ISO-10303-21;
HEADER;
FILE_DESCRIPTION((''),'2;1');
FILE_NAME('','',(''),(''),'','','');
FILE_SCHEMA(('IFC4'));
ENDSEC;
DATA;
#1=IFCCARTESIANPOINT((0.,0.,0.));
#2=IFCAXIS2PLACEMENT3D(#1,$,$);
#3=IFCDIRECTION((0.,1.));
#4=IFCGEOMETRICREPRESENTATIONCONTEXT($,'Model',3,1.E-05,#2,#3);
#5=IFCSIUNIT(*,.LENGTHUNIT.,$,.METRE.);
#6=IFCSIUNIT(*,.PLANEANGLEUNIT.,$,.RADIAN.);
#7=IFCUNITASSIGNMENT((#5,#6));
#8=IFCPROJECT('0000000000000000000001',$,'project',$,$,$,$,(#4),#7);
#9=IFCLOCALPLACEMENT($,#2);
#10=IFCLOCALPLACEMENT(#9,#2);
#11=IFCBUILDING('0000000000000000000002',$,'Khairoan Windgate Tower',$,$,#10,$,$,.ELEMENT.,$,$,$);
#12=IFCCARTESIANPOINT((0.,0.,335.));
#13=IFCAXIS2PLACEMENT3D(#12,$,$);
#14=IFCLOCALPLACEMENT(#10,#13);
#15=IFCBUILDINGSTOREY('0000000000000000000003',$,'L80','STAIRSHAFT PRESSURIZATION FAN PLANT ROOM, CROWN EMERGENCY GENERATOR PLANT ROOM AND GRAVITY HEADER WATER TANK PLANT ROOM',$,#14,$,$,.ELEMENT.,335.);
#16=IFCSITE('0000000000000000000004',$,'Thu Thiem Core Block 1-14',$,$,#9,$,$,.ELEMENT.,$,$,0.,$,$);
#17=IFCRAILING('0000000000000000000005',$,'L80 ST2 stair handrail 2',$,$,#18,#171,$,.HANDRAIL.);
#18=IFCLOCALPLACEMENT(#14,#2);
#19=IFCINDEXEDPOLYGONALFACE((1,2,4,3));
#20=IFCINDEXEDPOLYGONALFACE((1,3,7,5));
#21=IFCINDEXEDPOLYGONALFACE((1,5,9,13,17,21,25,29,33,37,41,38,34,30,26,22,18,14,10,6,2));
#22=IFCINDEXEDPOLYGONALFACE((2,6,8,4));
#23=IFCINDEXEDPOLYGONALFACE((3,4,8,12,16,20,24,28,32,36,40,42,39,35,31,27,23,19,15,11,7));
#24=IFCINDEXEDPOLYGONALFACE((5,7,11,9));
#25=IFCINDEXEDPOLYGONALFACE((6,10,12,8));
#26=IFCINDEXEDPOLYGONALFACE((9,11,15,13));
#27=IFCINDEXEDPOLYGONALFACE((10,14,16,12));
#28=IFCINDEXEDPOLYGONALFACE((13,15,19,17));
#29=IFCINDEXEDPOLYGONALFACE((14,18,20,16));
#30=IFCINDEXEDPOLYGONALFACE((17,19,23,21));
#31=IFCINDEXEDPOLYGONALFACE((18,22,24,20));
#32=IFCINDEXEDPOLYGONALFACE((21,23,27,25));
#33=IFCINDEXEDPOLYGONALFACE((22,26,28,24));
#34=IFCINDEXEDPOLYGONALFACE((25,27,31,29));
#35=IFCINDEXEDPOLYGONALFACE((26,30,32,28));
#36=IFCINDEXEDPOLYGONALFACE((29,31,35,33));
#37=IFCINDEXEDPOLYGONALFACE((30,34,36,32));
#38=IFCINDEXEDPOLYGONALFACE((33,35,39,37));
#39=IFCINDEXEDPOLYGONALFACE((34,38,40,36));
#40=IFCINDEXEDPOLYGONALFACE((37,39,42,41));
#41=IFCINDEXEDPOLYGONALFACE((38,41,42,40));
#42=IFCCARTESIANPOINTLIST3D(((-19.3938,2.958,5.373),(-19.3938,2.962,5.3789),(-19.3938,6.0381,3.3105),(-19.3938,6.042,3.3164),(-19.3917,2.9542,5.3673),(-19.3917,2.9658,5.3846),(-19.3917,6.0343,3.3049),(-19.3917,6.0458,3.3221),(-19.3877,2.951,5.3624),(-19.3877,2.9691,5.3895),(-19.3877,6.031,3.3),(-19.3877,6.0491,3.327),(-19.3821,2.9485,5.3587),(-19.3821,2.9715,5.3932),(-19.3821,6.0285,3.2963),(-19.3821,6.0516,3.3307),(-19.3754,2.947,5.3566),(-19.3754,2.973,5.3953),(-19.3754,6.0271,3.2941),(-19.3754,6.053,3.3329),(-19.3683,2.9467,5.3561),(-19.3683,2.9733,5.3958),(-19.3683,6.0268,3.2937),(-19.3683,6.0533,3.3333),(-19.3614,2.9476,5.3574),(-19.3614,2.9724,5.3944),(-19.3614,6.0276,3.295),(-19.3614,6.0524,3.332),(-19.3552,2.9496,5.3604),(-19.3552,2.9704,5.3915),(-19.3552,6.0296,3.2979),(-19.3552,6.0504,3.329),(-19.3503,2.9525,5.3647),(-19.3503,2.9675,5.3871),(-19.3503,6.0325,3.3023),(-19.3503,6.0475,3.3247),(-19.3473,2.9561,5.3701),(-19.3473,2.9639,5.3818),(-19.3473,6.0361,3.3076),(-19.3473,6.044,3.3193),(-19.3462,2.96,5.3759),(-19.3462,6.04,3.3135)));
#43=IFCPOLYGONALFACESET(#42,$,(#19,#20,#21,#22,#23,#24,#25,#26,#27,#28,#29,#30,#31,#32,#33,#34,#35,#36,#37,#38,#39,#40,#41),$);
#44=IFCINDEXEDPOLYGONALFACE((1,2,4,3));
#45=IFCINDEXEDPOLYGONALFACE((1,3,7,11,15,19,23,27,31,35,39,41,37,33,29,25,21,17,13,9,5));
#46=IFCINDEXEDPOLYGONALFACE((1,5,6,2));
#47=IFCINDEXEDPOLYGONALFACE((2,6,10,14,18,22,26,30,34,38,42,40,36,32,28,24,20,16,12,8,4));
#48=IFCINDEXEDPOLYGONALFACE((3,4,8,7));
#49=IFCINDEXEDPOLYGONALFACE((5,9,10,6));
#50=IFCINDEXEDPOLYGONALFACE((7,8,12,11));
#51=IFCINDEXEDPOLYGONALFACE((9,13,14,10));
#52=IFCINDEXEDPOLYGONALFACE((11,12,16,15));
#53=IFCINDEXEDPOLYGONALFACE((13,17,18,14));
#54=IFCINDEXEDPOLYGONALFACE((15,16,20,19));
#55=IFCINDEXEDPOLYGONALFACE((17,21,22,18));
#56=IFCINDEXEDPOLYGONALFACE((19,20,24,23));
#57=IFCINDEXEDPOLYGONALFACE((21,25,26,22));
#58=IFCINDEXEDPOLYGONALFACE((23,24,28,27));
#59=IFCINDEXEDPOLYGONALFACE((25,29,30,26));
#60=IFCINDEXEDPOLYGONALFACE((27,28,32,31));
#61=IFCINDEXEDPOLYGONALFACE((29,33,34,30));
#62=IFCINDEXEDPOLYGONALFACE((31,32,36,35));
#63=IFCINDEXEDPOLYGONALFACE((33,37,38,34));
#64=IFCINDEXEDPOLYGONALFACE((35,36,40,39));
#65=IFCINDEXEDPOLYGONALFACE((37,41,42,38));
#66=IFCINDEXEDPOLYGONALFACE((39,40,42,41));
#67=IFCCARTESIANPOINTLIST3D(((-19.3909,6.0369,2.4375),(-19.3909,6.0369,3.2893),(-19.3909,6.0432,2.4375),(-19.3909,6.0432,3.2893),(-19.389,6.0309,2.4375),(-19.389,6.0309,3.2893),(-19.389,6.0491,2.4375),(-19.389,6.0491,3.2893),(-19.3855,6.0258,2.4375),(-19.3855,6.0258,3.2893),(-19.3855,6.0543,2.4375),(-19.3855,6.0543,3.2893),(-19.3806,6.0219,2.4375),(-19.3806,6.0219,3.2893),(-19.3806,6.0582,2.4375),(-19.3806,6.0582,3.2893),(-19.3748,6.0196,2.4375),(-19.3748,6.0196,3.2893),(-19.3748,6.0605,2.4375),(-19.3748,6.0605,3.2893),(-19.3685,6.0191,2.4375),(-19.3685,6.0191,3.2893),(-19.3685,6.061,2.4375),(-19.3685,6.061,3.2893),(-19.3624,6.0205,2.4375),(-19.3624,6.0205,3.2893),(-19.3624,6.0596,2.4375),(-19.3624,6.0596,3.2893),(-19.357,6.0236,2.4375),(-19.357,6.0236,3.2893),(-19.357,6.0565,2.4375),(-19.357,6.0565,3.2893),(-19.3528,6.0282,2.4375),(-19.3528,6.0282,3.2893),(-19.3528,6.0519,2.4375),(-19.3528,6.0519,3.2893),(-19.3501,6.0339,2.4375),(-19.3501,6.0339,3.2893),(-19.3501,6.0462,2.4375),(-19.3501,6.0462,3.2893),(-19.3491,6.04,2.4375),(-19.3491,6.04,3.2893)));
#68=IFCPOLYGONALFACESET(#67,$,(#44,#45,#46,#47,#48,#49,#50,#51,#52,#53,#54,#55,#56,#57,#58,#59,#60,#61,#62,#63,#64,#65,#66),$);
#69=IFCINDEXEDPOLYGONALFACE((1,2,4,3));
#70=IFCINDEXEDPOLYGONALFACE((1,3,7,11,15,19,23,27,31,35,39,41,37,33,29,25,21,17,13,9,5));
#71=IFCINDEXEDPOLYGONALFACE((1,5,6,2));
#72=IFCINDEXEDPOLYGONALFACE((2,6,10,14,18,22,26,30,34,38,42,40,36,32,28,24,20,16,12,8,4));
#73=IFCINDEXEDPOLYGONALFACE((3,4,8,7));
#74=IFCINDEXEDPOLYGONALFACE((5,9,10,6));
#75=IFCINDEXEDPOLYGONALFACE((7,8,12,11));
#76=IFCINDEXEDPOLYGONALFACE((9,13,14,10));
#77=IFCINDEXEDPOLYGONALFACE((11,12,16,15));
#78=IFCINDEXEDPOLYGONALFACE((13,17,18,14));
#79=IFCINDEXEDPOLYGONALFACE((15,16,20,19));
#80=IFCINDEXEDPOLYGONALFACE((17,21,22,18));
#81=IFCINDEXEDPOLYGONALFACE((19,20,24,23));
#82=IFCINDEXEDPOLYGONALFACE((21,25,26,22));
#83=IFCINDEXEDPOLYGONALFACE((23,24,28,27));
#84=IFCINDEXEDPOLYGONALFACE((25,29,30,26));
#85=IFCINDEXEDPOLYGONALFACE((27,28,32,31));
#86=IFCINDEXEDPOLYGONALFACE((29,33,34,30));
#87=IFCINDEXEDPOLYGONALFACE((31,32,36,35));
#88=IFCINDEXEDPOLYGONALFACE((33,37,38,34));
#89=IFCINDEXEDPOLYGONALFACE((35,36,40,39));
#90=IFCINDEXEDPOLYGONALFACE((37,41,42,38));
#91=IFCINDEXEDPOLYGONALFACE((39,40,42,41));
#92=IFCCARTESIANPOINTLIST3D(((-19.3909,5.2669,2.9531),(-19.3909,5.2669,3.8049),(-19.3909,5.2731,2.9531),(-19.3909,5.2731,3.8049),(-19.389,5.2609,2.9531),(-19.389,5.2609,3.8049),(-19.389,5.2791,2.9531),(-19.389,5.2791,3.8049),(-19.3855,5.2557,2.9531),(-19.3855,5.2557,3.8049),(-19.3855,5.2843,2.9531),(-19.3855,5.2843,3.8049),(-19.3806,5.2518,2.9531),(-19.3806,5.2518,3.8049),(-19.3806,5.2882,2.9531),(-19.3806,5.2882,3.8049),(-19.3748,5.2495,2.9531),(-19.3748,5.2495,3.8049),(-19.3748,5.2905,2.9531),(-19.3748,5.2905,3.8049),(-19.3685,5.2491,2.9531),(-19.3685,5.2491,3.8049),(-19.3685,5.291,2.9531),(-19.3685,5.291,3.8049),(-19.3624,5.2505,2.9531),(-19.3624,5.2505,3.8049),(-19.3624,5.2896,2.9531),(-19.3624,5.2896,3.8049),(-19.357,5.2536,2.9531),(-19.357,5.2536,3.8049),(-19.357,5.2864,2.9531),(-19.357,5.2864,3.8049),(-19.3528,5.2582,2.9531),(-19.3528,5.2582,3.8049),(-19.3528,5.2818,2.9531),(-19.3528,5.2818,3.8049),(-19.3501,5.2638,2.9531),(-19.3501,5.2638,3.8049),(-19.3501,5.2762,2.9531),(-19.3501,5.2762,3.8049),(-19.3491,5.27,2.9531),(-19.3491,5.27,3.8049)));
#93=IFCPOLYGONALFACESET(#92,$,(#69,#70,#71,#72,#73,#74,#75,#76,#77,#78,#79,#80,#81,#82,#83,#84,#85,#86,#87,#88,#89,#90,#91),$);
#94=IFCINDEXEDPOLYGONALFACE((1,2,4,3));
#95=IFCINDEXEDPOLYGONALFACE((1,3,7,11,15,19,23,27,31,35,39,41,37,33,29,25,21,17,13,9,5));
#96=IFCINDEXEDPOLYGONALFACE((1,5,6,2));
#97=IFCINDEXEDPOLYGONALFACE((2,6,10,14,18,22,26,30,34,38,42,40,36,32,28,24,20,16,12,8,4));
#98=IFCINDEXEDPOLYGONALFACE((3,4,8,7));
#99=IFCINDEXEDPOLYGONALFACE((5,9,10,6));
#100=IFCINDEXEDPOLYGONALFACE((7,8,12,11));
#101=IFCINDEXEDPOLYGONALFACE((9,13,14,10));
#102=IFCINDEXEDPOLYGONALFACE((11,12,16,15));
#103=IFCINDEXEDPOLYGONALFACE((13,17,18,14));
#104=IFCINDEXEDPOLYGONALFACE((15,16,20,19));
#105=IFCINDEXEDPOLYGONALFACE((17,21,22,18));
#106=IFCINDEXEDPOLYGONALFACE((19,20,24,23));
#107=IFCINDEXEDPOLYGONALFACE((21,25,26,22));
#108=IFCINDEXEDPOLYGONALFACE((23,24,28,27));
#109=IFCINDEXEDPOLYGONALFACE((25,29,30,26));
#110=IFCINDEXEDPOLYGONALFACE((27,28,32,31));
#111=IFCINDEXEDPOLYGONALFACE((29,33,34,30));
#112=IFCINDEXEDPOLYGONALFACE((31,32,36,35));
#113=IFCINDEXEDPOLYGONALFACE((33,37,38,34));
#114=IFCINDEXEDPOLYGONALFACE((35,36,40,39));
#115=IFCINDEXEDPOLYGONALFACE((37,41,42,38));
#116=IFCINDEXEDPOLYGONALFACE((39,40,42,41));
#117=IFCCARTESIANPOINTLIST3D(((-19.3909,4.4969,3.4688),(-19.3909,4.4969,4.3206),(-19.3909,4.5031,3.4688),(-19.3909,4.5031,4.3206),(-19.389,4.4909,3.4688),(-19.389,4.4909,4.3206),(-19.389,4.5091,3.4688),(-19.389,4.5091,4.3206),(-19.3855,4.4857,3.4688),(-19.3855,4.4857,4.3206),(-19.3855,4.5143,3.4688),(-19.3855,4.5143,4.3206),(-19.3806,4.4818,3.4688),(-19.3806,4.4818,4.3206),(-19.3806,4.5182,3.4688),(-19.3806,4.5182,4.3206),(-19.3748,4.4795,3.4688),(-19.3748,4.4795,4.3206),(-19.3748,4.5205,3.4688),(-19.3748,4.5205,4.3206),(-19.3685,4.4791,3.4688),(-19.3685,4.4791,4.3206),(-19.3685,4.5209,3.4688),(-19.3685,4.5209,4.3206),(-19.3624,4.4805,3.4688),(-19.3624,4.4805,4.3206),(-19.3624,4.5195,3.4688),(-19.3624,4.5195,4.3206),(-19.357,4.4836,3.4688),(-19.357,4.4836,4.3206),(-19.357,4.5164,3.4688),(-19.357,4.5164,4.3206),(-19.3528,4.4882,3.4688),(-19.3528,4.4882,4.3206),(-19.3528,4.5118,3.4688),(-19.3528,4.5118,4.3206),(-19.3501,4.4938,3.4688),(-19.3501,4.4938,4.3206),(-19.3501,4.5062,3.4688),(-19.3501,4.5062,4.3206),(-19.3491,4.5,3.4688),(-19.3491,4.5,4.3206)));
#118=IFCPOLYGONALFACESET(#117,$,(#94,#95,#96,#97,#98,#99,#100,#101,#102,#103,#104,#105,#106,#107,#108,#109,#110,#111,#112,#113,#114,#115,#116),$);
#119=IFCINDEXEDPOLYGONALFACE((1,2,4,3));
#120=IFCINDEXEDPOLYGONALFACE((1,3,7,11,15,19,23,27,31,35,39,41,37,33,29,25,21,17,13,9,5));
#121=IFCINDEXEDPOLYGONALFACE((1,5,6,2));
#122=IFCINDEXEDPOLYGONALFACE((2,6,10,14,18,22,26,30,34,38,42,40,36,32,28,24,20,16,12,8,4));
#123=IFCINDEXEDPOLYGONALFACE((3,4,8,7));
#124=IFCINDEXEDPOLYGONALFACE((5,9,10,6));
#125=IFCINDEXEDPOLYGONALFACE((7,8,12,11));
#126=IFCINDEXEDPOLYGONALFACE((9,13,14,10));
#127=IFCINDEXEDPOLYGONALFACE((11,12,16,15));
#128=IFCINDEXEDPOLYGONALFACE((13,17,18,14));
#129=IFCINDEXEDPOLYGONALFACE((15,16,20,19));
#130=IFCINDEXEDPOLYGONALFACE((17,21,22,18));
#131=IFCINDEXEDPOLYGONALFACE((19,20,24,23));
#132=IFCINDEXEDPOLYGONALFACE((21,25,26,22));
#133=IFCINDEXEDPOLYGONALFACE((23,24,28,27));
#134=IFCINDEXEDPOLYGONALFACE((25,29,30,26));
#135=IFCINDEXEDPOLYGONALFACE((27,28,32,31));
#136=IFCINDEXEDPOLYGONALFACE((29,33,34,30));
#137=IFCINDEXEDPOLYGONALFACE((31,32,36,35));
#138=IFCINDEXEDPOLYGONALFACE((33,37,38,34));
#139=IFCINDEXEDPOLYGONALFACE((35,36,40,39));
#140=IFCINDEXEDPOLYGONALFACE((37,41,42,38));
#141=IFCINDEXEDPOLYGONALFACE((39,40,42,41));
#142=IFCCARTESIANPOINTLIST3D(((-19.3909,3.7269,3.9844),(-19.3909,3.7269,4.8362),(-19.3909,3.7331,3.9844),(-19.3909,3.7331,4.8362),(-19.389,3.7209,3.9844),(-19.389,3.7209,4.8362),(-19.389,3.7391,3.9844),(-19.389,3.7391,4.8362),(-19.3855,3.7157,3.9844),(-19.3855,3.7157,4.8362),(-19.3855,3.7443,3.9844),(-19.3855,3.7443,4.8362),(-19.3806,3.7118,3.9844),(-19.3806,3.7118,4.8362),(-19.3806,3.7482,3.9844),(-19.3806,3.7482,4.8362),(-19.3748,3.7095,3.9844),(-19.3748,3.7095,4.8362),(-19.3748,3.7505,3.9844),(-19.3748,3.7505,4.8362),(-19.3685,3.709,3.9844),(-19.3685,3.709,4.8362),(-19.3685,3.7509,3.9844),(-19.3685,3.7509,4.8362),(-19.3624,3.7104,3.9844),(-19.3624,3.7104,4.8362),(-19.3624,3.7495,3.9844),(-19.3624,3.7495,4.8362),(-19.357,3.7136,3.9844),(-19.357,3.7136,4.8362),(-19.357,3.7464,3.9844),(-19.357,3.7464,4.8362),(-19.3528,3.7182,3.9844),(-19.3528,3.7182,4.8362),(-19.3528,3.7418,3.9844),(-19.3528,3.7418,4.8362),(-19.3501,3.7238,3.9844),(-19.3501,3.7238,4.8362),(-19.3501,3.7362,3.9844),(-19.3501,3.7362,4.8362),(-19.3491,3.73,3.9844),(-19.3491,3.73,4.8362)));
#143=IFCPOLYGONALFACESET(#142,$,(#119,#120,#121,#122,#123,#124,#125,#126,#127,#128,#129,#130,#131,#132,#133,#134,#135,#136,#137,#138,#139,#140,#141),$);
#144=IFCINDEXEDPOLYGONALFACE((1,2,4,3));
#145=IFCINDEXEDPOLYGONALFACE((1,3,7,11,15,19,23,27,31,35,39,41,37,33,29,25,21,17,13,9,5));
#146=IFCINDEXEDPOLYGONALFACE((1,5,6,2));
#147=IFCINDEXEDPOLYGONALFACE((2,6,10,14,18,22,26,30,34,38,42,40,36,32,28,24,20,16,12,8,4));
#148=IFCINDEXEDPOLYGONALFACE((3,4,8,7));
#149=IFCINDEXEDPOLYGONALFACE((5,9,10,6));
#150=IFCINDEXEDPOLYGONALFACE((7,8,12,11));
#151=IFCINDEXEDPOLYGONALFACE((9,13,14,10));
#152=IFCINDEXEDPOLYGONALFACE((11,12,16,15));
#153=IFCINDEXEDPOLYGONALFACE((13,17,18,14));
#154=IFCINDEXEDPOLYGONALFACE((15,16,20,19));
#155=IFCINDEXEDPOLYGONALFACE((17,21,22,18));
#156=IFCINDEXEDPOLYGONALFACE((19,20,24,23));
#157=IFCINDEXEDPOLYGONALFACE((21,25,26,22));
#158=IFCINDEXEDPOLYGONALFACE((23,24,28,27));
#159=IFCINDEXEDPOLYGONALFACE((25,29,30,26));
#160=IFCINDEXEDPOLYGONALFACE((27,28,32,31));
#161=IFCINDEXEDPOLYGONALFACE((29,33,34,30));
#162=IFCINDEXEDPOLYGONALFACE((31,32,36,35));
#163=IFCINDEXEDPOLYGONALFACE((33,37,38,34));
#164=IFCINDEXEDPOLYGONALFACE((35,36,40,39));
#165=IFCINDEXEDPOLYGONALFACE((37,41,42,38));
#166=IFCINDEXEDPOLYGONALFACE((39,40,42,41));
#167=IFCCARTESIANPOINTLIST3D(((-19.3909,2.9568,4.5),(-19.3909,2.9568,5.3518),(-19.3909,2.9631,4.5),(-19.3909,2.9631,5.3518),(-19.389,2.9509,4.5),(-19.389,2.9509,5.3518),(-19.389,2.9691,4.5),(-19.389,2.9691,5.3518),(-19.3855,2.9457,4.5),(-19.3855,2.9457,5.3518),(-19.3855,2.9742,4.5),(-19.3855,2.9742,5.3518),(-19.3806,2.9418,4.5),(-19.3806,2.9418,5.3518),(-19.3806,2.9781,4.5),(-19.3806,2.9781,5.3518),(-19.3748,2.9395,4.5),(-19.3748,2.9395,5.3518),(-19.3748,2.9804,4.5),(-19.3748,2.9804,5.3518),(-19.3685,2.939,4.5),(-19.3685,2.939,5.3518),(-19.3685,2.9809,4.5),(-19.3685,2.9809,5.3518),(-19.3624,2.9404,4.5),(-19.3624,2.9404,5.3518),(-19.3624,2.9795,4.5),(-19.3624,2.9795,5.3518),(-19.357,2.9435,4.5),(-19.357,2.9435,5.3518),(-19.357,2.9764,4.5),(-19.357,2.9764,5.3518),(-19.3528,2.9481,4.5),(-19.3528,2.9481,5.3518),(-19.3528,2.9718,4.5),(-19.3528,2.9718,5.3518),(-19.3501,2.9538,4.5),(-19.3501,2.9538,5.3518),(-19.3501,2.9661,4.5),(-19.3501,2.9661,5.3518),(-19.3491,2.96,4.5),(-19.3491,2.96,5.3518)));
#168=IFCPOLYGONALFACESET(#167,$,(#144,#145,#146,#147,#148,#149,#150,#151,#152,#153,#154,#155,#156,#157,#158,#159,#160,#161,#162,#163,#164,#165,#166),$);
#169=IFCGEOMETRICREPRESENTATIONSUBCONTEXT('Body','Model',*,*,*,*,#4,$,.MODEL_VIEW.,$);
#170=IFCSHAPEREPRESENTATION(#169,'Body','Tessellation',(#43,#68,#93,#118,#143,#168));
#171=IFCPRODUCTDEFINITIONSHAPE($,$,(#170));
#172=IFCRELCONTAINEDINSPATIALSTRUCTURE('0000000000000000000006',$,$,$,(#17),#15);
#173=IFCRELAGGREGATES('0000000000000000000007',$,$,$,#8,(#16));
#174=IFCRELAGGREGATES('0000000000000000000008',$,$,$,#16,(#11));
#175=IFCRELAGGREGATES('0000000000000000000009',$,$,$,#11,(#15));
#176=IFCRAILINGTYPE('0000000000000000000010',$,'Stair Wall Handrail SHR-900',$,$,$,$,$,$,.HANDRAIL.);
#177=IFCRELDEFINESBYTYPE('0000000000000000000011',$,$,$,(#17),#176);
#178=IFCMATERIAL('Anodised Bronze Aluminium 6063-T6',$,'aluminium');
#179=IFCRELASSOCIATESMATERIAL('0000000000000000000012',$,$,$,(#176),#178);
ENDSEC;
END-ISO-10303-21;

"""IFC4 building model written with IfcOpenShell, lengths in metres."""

from ifc_helpers import new_model, si_unit, direction, frame, origin, origin_2d, place, context, subcontext, project, spatial, circle, extrude, material, type_object, element, save


model = new_model("IFC4")

# Units and contexts
model_context = context("Model", 3, precision=1e-05, world=origin(), true_north=direction((0.0, 1.0)))
body_context = subcontext(model_context, "Body", "Model", "MODEL_VIEW")
ifc_project = project(units=[si_unit("LENGTHUNIT", "METRE"), si_unit("PLANEANGLEUNIT", "RADIAN")], contexts=[model_context])

# Site, building, storey
site_placement = place(None, origin())
site = spatial("IfcSite", under=ifc_project, at=site_placement, Name="Thu Thiem Core Block 1-14", CompositionType="ELEMENT", RefElevation=0.0)
building_placement = place(site_placement, origin())
building = spatial("IfcBuilding", under=site, at=building_placement, Name="Khairoan Windgate Tower", CompositionType="ELEMENT")
storey_placement = place(building_placement, frame((0.0, 0.0, 335.0)))
storey = spatial("IfcBuildingStorey", under=building, at=storey_placement, Name="L80", Description="STAIRSHAFT PRESSURIZATION FAN PLANT ROOM, CROWN EMERGENCY GENERATOR PLANT ROOM AND GRAVITY HEADER WATER TANK PLANT ROOM", CompositionType="ELEMENT", Elevation=335.0)

# Railing
ifc_material_1 = material(Name="Anodised Bronze Aluminium 6063-T6", Category="aluminium")
railing_type_1 = type_object("IfcRailingType", Name="Stair Wall Handrail SHR-900", PredefinedType="HANDRAIL", material=ifc_material_1)
railing_1_placement = place(storey_placement, frame((-19.3701, 6.04, 2.4375)))
element("IfcRailing", 1, at=railing_1_placement, inside=storey, type_object=railing_type_1, Name="L80 ST2 stair handrail 2", PredefinedType="HANDRAIL", context=body_context, shape_type="SweptSolid", body=[
    extrude(circle(Radius=0.0239, at=origin_2d()), frame((0.0, 0.0, 0.876), z_axis=(0.0, -0.830914, 0.556401), x_axis=(1.0, 0.0, 0.0)), (0.0, 0.0, 1.0), 3.7068),
    extrude(circle(Radius=0.021, at=origin_2d()), origin(), (0.0, 0.0, 1.0), 0.8518),
    extrude(circle(Radius=0.021, at=origin_2d()), frame((0.0, -0.77, 0.5156)), (0.0, 0.0, 1.0), 0.8518),
    extrude(circle(Radius=0.021, at=origin_2d()), frame((0.0, -1.54, 1.0312)), (0.0, 0.0, 1.0), 0.8518),
    extrude(circle(Radius=0.021, at=origin_2d()), frame((0.0, -2.3101, 1.5469)), (0.0, 0.0, 1.0), 0.8518),
    extrude(circle(Radius=0.021, at=origin_2d()), frame((0.0, -3.0801, 2.0625)), (0.0, 0.0, 1.0), 0.8518),
])

save(model, "model.ifc")
